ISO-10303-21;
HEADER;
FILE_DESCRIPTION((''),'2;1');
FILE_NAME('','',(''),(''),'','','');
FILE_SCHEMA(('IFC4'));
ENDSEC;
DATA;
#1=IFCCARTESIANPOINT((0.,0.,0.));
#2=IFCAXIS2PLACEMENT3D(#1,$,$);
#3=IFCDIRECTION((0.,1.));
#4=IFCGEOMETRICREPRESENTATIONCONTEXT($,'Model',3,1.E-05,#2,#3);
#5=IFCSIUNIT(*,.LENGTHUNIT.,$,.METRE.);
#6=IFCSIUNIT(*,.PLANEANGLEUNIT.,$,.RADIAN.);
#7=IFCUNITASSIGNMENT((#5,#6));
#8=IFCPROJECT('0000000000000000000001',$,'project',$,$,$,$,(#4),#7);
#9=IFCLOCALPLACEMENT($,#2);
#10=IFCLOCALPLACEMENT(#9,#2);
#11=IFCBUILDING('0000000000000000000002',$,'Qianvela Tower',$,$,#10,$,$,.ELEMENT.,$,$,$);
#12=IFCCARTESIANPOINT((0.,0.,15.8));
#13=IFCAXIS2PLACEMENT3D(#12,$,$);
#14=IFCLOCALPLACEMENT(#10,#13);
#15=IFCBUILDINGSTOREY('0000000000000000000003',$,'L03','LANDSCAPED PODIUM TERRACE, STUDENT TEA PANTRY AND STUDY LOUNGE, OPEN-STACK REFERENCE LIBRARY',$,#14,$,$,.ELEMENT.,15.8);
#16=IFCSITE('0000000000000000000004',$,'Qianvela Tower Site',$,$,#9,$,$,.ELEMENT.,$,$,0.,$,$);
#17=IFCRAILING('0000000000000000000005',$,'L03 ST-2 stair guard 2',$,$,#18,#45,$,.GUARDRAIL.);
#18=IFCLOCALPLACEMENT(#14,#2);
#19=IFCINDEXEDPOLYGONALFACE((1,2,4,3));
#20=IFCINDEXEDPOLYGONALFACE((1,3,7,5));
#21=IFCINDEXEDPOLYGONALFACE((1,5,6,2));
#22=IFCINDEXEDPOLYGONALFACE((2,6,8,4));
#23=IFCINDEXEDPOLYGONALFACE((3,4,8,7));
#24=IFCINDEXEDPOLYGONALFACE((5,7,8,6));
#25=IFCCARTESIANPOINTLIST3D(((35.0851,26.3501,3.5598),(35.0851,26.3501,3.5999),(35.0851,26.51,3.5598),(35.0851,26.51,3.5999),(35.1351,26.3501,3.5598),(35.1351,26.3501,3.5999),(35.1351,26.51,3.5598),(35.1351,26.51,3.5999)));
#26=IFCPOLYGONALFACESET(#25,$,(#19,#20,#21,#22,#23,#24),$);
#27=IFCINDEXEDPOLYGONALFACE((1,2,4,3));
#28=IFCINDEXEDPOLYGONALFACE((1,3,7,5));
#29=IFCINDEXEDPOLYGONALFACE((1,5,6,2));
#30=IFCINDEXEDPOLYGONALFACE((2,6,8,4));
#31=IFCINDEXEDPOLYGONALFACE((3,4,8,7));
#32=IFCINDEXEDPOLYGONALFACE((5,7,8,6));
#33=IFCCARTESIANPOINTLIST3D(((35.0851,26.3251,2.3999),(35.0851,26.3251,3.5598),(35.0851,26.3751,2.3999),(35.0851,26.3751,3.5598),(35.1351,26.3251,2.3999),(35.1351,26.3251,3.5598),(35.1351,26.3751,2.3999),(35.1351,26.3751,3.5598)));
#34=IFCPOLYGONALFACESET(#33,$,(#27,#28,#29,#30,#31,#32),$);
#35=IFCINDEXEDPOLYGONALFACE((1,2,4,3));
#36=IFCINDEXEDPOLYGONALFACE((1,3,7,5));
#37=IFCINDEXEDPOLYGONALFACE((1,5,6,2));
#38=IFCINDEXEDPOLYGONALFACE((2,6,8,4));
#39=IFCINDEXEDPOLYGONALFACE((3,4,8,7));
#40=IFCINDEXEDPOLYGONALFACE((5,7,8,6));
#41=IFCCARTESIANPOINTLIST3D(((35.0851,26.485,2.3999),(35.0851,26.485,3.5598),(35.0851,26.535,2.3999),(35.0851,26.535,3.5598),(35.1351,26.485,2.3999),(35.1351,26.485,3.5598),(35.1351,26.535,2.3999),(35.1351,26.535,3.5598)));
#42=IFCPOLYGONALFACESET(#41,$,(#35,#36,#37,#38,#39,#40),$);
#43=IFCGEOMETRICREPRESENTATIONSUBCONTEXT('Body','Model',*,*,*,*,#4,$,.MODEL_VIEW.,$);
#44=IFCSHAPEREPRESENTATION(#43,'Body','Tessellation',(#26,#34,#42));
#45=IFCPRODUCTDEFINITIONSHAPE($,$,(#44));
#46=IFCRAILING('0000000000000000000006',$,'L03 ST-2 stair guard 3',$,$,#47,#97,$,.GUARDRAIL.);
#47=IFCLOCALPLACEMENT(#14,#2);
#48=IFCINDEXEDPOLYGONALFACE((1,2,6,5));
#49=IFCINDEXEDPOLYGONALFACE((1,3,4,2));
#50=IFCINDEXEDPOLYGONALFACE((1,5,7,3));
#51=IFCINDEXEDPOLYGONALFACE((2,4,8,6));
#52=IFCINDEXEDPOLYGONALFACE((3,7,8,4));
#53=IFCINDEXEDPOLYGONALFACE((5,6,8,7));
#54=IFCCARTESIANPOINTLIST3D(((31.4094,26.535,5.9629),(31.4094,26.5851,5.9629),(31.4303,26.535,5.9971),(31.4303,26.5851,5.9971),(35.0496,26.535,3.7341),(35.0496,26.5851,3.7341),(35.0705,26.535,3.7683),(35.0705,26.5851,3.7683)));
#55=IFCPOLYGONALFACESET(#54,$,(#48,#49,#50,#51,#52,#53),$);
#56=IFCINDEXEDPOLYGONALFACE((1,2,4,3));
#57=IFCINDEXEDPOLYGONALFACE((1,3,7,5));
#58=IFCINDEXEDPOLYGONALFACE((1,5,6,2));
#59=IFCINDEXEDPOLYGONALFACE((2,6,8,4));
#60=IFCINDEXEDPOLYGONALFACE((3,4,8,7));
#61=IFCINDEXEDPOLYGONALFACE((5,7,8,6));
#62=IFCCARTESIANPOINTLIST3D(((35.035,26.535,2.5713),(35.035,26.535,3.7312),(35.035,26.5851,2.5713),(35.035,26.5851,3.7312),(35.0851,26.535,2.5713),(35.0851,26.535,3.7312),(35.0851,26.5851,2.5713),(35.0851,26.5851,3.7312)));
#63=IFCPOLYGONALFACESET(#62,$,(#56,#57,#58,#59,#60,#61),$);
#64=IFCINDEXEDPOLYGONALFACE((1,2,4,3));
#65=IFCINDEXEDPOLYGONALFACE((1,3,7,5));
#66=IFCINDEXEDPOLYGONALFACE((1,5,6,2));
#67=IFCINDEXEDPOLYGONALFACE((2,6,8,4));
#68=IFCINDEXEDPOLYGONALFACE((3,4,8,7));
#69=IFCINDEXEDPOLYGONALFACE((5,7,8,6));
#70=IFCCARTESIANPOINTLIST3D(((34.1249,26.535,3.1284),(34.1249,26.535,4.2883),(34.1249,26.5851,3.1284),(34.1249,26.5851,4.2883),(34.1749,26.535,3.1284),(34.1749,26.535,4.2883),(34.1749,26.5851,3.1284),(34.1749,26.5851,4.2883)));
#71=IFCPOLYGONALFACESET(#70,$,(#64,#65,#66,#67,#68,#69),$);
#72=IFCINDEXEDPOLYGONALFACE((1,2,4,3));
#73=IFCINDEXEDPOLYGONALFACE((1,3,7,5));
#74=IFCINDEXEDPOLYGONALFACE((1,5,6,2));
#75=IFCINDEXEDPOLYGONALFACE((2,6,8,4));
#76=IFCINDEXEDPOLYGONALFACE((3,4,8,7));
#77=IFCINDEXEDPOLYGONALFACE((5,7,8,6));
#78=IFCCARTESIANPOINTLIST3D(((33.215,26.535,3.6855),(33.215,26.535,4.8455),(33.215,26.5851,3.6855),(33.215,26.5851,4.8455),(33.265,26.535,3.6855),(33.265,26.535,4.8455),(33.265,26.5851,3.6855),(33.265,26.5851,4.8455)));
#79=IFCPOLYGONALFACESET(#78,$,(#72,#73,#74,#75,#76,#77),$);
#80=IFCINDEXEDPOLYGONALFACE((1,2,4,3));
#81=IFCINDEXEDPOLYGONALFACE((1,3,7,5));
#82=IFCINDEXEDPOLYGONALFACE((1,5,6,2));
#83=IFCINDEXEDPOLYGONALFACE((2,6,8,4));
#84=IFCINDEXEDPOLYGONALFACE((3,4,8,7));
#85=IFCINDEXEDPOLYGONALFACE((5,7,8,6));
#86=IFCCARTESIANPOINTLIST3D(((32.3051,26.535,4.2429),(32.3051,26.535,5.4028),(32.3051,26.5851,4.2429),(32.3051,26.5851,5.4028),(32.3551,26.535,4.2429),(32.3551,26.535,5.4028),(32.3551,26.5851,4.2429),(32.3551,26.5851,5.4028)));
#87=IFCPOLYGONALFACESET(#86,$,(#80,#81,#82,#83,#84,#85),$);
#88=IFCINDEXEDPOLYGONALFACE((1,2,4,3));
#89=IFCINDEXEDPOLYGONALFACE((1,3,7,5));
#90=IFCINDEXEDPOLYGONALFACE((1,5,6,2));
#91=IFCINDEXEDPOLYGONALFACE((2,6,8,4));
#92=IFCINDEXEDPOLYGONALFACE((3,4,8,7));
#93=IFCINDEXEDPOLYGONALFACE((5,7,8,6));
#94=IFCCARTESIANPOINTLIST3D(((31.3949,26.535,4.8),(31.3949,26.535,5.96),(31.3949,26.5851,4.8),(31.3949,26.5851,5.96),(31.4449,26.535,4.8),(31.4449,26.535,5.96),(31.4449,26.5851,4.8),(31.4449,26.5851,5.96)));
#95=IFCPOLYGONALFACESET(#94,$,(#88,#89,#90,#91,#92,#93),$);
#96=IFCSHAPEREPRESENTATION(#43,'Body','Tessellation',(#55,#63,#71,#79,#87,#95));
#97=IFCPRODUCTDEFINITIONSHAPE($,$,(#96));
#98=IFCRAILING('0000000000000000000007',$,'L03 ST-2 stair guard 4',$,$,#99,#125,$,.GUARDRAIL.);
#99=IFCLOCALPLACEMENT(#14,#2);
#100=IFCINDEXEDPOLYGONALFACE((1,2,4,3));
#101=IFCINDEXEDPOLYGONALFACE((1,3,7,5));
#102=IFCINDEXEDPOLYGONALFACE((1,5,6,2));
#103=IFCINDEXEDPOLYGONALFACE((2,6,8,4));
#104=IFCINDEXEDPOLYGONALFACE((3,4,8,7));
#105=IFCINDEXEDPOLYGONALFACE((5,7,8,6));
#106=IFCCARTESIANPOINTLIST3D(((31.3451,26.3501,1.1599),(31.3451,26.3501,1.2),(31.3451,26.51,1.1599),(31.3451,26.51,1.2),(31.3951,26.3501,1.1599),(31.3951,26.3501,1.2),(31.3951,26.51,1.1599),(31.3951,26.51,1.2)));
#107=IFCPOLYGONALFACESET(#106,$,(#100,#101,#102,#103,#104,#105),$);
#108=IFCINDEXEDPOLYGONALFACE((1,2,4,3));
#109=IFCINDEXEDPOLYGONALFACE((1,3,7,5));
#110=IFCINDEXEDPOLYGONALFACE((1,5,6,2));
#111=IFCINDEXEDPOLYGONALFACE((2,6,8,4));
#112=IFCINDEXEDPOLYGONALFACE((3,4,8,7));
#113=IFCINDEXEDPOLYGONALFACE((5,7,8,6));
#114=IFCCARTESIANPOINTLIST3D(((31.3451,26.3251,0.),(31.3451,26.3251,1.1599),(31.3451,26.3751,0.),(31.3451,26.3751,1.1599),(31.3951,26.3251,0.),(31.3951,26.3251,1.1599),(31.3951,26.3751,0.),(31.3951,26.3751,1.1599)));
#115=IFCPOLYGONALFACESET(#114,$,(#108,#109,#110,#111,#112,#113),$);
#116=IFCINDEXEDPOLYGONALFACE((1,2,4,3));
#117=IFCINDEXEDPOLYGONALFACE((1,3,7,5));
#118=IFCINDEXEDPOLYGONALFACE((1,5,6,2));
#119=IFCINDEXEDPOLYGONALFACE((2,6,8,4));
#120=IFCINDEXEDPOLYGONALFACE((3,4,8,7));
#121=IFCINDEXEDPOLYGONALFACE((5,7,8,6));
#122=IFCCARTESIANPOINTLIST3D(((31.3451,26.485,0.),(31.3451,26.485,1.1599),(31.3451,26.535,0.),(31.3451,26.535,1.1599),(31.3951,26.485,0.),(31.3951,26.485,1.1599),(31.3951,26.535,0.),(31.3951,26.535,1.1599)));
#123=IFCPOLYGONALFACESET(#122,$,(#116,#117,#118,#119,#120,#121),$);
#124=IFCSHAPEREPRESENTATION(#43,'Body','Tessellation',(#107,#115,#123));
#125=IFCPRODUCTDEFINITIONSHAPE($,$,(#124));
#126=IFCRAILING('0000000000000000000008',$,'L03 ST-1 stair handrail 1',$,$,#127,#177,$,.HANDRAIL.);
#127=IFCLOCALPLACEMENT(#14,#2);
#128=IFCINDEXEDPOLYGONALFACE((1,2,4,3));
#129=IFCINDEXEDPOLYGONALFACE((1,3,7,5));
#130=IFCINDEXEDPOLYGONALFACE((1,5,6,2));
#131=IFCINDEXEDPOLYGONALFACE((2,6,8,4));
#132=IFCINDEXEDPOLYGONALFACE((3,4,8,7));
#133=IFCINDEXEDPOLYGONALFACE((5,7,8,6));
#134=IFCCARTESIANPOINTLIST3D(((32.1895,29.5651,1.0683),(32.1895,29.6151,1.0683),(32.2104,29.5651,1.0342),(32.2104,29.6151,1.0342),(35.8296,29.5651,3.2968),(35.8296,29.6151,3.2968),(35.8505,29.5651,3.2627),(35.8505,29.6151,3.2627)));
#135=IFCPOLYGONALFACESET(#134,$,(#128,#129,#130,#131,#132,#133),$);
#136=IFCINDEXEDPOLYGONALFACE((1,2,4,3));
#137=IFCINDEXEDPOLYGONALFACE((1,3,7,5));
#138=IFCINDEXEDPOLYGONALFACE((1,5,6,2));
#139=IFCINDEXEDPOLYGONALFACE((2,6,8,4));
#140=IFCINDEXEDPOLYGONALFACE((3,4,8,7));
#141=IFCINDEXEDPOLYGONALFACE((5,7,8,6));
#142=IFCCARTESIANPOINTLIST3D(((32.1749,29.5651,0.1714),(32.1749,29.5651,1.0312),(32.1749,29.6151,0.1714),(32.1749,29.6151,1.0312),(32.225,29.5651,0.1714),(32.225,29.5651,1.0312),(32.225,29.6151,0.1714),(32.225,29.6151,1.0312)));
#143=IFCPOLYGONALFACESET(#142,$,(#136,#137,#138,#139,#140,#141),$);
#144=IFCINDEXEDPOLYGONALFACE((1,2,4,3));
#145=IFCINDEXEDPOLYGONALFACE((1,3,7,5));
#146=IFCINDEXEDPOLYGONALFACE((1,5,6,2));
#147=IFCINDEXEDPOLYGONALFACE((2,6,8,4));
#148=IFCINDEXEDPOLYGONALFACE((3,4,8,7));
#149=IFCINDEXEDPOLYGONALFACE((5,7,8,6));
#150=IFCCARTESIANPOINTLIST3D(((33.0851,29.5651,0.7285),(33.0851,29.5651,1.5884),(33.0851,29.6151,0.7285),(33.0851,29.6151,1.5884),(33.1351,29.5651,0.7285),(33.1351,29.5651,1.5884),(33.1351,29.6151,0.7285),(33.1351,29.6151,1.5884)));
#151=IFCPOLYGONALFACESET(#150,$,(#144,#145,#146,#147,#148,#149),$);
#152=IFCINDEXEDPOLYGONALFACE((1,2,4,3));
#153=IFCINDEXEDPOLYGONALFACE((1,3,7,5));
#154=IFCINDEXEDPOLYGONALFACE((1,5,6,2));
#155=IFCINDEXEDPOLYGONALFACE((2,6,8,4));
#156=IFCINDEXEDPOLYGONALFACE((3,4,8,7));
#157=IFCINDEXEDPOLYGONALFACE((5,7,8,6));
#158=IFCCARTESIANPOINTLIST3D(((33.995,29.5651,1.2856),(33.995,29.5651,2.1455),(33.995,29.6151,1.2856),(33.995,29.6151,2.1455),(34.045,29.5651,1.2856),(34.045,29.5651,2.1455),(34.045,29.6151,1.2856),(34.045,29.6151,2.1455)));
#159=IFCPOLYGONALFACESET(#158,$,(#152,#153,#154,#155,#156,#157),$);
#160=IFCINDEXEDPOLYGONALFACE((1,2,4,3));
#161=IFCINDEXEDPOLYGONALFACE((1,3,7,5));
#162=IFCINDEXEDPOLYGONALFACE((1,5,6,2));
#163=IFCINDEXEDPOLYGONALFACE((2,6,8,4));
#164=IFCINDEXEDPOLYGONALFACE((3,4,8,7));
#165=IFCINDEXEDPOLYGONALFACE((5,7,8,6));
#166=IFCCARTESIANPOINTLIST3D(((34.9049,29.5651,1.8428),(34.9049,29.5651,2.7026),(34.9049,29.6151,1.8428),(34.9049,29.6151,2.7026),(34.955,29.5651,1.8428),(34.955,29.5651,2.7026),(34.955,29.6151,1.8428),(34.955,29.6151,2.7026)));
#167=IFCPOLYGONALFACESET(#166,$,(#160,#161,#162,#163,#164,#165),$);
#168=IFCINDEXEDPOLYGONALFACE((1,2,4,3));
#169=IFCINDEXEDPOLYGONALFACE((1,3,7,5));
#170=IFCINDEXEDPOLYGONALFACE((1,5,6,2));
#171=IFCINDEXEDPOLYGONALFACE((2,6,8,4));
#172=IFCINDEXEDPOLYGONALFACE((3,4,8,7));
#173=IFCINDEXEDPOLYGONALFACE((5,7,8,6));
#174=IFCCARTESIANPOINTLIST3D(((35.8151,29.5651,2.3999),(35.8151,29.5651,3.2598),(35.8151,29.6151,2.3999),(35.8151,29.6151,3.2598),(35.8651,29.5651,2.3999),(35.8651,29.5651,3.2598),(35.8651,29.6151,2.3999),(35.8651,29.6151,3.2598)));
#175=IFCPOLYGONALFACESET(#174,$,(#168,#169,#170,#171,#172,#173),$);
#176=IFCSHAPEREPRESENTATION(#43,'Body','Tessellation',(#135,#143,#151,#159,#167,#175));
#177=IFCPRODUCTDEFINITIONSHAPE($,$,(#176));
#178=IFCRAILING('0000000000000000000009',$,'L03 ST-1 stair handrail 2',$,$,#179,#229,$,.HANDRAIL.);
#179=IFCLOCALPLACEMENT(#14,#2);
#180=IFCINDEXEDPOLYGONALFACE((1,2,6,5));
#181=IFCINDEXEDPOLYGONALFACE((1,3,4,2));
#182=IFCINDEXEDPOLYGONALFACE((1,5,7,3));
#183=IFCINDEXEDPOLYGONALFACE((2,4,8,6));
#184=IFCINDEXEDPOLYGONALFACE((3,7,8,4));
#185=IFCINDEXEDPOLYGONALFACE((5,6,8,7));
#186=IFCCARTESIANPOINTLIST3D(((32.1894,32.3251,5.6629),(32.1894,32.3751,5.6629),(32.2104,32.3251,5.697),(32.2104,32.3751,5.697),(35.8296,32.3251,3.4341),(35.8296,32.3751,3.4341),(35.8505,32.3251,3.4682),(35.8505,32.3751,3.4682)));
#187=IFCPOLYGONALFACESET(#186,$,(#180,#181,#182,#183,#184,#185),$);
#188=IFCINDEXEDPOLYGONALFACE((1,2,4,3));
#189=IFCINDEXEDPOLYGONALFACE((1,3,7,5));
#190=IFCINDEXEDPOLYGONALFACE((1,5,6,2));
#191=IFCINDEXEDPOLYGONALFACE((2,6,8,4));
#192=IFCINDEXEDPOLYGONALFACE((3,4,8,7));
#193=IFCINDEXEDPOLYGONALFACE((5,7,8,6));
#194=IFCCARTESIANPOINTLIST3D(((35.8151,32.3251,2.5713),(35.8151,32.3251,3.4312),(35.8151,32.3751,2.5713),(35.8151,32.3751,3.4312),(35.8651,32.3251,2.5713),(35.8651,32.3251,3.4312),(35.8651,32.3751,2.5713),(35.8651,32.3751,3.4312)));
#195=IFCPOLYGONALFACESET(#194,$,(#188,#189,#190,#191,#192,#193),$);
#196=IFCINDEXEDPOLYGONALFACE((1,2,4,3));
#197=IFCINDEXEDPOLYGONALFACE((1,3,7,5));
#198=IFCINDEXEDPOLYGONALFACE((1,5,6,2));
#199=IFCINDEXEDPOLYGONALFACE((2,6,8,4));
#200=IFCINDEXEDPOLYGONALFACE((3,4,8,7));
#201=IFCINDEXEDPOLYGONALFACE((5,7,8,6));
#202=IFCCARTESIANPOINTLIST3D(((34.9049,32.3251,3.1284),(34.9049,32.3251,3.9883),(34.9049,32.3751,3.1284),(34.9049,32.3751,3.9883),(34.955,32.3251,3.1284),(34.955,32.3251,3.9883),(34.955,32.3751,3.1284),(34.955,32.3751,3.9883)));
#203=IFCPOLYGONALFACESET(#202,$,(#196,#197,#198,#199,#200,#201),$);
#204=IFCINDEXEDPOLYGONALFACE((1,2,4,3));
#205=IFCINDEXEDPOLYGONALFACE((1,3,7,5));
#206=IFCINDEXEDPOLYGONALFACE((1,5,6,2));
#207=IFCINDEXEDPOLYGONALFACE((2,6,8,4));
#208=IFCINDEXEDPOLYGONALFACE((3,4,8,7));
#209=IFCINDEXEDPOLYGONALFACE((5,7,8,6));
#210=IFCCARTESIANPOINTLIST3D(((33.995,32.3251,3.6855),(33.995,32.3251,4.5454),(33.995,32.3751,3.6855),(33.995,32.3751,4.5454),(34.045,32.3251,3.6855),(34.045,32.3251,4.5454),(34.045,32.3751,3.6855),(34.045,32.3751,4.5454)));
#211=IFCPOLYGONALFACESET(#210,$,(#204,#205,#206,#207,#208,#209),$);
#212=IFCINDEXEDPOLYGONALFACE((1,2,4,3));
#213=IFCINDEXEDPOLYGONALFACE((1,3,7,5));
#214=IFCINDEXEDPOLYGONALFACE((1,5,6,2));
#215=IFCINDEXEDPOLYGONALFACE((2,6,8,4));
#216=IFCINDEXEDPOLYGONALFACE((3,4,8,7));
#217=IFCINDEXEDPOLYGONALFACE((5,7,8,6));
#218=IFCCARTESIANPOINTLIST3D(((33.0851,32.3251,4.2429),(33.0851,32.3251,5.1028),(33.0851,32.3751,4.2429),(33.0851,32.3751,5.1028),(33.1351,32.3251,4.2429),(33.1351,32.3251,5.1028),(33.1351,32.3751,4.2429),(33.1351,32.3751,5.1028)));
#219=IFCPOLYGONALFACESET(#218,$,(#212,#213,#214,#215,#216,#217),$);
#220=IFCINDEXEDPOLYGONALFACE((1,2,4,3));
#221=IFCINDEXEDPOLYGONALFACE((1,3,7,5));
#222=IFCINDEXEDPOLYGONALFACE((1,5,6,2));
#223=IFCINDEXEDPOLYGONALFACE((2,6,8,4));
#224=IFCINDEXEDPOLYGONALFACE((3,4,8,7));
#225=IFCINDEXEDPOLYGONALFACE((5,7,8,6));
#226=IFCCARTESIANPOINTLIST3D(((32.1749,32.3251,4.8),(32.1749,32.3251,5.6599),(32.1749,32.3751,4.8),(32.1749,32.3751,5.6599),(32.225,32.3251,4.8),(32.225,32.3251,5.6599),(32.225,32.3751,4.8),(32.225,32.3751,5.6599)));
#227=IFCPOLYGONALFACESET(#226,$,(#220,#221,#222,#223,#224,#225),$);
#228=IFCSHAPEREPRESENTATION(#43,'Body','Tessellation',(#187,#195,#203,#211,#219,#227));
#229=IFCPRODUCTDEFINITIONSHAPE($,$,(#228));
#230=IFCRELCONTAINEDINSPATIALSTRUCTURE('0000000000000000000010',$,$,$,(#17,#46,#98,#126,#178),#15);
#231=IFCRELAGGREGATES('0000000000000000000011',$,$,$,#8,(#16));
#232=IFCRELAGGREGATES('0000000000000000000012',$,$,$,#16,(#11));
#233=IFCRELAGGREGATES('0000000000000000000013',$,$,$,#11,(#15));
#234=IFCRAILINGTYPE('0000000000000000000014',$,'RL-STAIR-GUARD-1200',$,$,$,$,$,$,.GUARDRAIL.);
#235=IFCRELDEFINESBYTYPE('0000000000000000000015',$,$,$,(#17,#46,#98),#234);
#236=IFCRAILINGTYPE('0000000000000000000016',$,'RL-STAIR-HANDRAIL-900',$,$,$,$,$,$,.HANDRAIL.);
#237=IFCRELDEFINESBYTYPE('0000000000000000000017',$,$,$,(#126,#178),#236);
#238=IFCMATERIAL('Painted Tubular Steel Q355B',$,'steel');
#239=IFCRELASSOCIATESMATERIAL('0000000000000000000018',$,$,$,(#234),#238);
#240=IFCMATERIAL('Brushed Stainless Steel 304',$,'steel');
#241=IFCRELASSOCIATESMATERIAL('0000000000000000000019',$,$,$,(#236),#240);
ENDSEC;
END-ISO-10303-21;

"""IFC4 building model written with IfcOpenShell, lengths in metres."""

from ifc_helpers import new_model, si_unit, direction, frame, origin, origin_2d, place, context, subcontext, project, spatial, rectangle, extrude, material, type_object, element, save


model = new_model("IFC4")

# Units and contexts
model_context = context("Model", 3, precision=1e-05, world=origin(), true_north=direction((0.0, 1.0)))
body_context = subcontext(model_context, "Body", "Model", "MODEL_VIEW")
ifc_project = project(units=[si_unit("LENGTHUNIT", "METRE"), si_unit("PLANEANGLEUNIT", "RADIAN")], contexts=[model_context])

# Site, building, storey
site_placement = place(None, origin())
site = spatial("IfcSite", under=ifc_project, at=site_placement, Name="Qianvela Tower Site", CompositionType="ELEMENT", RefElevation=0.0)
building_placement = place(site_placement, origin())
building = spatial("IfcBuilding", under=site, at=building_placement, Name="Qianvela Tower", CompositionType="ELEMENT")
storey_placement = place(building_placement, frame((0.0, 0.0, 15.8)))
storey = spatial("IfcBuildingStorey", under=building, at=storey_placement, Name="L03", Description="LANDSCAPED PODIUM TERRACE, STUDENT TEA PANTRY AND STUDY LOUNGE, OPEN-STACK REFERENCE LIBRARY", CompositionType="ELEMENT", Elevation=15.8)

# Railings
ifc_material_1 = material(Name="Painted Tubular Steel Q355B", Category="steel")
railing_type_1 = type_object("IfcRailingType", Name="RL-STAIR-GUARD-1200", PredefinedType="GUARDRAIL", material=ifc_material_1)
railing_1_placement = place(storey_placement, frame((35.1101, 26.3501, 2.3999)))
element("IfcRailing", 1, at=railing_1_placement, inside=storey, type_object=railing_type_1, Name="L03 ST-2 stair guard 2", PredefinedType="GUARDRAIL", context=body_context, shape_type="SweptSolid", body=[
    extrude(rectangle(XDim=0.05, YDim=0.04, at=origin_2d()), frame((0.0, 0.0, 1.1799), z_axis=(0.0, 1.0, 0.0), x_axis=(-1.0, 0.0, 0.0)), (0.0, 0.0, 1.0), 0.1599),
    extrude(rectangle(XDim=0.05, YDim=0.05, at=origin_2d()), origin(), (0.0, 0.0, 1.0), 1.1599),
    extrude(rectangle(XDim=0.05, YDim=0.05, at=origin_2d()), frame((0.0, 0.1599, 0.0)), (0.0, 0.0, 1.0), 1.1599),
])
railing_2_placement = place(storey_placement, frame((35.0601, 26.5601, 2.5713)))
element("IfcRailing", 2, at=railing_2_placement, inside=storey, type_object=railing_type_1, Name="L03 ST-2 stair guard 3", PredefinedType="GUARDRAIL", context=body_context, shape_type="SweptSolid", body=[
    extrude(rectangle(XDim=0.05, YDim=0.04, at=origin_2d()), frame((0.0, 0.0, 1.1799), z_axis=(-0.85284, 0.0, 0.522172), x_axis=(0.0, -1.0, 0.0)), (0.0, 0.0, 1.0), 4.2683),
    extrude(rectangle(XDim=0.05, YDim=0.05, at=origin_2d()), origin(), (0.0, 0.0, 1.0), 1.1599),
    extrude(rectangle(XDim=0.05, YDim=0.05, at=origin_2d()), frame((-0.9102, 0.0, 0.5571)), (0.0, 0.0, 1.0), 1.1599),
    extrude(rectangle(XDim=0.05, YDim=0.05, at=origin_2d()), frame((-1.8201, 0.0, 1.1143)), (0.0, 0.0, 1.0), 1.1599),
    extrude(rectangle(XDim=0.05, YDim=0.05, at=origin_2d()), frame((-2.73, 0.0, 1.6716)), (0.0, 0.0, 1.0), 1.1599),
    extrude(rectangle(XDim=0.05, YDim=0.05, at=origin_2d()), frame((-3.6401, 0.0, 2.2288)), (0.0, 0.0, 1.0), 1.1599),
])
railing_3_placement = place(storey_placement, frame((31.3701, 26.3501, 0.0)))
element("IfcRailing", 3, at=railing_3_placement, inside=storey, type_object=railing_type_1, Name="L03 ST-2 stair guard 4", PredefinedType="GUARDRAIL", context=body_context, shape_type="SweptSolid", body=[
    extrude(rectangle(XDim=0.05, YDim=0.04, at=origin_2d()), frame((0.0, 0.0, 1.1799), z_axis=(0.0, 1.0, 0.0), x_axis=(-1.0, 0.0, 0.0)), (0.0, 0.0, 1.0), 0.1599),
    extrude(rectangle(XDim=0.05, YDim=0.05, at=origin_2d()), origin(), (0.0, 0.0, 1.0), 1.1599),
    extrude(rectangle(XDim=0.05, YDim=0.05, at=origin_2d()), frame((0.0, 0.1599, 0.0)), (0.0, 0.0, 1.0), 1.1599),
])
ifc_material_2 = material(Name="Brushed Stainless Steel 304", Category="steel")
railing_type_2 = type_object("IfcRailingType", Name="RL-STAIR-HANDRAIL-900", PredefinedType="HANDRAIL", material=ifc_material_2)
railing_4_placement = place(storey_placement, frame((32.2, 29.5901, 0.1714)))
element("IfcRailing", 4, at=railing_4_placement, inside=storey, type_object=railing_type_2, Name="L03 ST-1 stair handrail 1", PredefinedType="HANDRAIL", context=body_context, shape_type="SweptSolid", body=[
    extrude(rectangle(XDim=0.05, YDim=0.04, at=origin_2d()), frame((0.0, 0.0, 0.8799), z_axis=(0.852866, 0.0, 0.52213), x_axis=(0.0, 1.0, 0.0)), (0.0, 0.0, 1.0), 4.2681),
    extrude(rectangle(XDim=0.05, YDim=0.05, at=origin_2d()), origin(), (0.0, 0.0, 1.0), 0.8599),
    extrude(rectangle(XDim=0.05, YDim=0.05, at=origin_2d()), frame((0.9102, 0.0, 0.5571)), (0.0, 0.0, 1.0), 0.8599),
    extrude(rectangle(XDim=0.05, YDim=0.05, at=origin_2d()), frame((1.8201, 0.0, 1.1143)), (0.0, 0.0, 1.0), 0.8599),
    extrude(rectangle(XDim=0.05, YDim=0.05, at=origin_2d()), frame((2.73, 0.0, 1.6714)), (0.0, 0.0, 1.0), 0.8599),
    extrude(rectangle(XDim=0.05, YDim=0.05, at=origin_2d()), frame((3.6401, 0.0, 2.2285)), (0.0, 0.0, 1.0), 0.8599),
])
for number, where, name in (
    (5, (35.8401, 32.3501, 2.5713), "L03 ST-1 stair handrail 2"),
):
    element("IfcRailing", number, at=place(storey_placement, frame(where)), inside=storey, type_object=railing_type_2, Name=name, PredefinedType="HANDRAIL", context=body_context, shape_type="SweptSolid", body=[
        extrude(rectangle(XDim=0.05, YDim=0.04, at=origin_2d()), frame((0.0, 0.0, 0.8799), z_axis=(-0.85284, 0.0, 0.522172), x_axis=(0.0, -1.0, 0.0)), (0.0, 0.0, 1.0), 4.2683),
        extrude(rectangle(XDim=0.05, YDim=0.05, at=origin_2d()), origin(), (0.0, 0.0, 1.0), 0.8599),
        extrude(rectangle(XDim=0.05, YDim=0.05, at=origin_2d()), frame((-0.9102, 0.0, 0.5571)), (0.0, 0.0, 1.0), 0.8599),
        extrude(rectangle(XDim=0.05, YDim=0.05, at=origin_2d()), frame((-1.8201, 0.0, 1.1143)), (0.0, 0.0, 1.0), 0.8599),
        extrude(rectangle(XDim=0.05, YDim=0.05, at=origin_2d()), frame((-2.73, 0.0, 1.6716)), (0.0, 0.0, 1.0), 0.8599),
        extrude(rectangle(XDim=0.05, YDim=0.05, at=origin_2d()), frame((-3.6401, 0.0, 2.2288)), (0.0, 0.0, 1.0), 0.8599),
    ])

save(model, "model.ifc")
